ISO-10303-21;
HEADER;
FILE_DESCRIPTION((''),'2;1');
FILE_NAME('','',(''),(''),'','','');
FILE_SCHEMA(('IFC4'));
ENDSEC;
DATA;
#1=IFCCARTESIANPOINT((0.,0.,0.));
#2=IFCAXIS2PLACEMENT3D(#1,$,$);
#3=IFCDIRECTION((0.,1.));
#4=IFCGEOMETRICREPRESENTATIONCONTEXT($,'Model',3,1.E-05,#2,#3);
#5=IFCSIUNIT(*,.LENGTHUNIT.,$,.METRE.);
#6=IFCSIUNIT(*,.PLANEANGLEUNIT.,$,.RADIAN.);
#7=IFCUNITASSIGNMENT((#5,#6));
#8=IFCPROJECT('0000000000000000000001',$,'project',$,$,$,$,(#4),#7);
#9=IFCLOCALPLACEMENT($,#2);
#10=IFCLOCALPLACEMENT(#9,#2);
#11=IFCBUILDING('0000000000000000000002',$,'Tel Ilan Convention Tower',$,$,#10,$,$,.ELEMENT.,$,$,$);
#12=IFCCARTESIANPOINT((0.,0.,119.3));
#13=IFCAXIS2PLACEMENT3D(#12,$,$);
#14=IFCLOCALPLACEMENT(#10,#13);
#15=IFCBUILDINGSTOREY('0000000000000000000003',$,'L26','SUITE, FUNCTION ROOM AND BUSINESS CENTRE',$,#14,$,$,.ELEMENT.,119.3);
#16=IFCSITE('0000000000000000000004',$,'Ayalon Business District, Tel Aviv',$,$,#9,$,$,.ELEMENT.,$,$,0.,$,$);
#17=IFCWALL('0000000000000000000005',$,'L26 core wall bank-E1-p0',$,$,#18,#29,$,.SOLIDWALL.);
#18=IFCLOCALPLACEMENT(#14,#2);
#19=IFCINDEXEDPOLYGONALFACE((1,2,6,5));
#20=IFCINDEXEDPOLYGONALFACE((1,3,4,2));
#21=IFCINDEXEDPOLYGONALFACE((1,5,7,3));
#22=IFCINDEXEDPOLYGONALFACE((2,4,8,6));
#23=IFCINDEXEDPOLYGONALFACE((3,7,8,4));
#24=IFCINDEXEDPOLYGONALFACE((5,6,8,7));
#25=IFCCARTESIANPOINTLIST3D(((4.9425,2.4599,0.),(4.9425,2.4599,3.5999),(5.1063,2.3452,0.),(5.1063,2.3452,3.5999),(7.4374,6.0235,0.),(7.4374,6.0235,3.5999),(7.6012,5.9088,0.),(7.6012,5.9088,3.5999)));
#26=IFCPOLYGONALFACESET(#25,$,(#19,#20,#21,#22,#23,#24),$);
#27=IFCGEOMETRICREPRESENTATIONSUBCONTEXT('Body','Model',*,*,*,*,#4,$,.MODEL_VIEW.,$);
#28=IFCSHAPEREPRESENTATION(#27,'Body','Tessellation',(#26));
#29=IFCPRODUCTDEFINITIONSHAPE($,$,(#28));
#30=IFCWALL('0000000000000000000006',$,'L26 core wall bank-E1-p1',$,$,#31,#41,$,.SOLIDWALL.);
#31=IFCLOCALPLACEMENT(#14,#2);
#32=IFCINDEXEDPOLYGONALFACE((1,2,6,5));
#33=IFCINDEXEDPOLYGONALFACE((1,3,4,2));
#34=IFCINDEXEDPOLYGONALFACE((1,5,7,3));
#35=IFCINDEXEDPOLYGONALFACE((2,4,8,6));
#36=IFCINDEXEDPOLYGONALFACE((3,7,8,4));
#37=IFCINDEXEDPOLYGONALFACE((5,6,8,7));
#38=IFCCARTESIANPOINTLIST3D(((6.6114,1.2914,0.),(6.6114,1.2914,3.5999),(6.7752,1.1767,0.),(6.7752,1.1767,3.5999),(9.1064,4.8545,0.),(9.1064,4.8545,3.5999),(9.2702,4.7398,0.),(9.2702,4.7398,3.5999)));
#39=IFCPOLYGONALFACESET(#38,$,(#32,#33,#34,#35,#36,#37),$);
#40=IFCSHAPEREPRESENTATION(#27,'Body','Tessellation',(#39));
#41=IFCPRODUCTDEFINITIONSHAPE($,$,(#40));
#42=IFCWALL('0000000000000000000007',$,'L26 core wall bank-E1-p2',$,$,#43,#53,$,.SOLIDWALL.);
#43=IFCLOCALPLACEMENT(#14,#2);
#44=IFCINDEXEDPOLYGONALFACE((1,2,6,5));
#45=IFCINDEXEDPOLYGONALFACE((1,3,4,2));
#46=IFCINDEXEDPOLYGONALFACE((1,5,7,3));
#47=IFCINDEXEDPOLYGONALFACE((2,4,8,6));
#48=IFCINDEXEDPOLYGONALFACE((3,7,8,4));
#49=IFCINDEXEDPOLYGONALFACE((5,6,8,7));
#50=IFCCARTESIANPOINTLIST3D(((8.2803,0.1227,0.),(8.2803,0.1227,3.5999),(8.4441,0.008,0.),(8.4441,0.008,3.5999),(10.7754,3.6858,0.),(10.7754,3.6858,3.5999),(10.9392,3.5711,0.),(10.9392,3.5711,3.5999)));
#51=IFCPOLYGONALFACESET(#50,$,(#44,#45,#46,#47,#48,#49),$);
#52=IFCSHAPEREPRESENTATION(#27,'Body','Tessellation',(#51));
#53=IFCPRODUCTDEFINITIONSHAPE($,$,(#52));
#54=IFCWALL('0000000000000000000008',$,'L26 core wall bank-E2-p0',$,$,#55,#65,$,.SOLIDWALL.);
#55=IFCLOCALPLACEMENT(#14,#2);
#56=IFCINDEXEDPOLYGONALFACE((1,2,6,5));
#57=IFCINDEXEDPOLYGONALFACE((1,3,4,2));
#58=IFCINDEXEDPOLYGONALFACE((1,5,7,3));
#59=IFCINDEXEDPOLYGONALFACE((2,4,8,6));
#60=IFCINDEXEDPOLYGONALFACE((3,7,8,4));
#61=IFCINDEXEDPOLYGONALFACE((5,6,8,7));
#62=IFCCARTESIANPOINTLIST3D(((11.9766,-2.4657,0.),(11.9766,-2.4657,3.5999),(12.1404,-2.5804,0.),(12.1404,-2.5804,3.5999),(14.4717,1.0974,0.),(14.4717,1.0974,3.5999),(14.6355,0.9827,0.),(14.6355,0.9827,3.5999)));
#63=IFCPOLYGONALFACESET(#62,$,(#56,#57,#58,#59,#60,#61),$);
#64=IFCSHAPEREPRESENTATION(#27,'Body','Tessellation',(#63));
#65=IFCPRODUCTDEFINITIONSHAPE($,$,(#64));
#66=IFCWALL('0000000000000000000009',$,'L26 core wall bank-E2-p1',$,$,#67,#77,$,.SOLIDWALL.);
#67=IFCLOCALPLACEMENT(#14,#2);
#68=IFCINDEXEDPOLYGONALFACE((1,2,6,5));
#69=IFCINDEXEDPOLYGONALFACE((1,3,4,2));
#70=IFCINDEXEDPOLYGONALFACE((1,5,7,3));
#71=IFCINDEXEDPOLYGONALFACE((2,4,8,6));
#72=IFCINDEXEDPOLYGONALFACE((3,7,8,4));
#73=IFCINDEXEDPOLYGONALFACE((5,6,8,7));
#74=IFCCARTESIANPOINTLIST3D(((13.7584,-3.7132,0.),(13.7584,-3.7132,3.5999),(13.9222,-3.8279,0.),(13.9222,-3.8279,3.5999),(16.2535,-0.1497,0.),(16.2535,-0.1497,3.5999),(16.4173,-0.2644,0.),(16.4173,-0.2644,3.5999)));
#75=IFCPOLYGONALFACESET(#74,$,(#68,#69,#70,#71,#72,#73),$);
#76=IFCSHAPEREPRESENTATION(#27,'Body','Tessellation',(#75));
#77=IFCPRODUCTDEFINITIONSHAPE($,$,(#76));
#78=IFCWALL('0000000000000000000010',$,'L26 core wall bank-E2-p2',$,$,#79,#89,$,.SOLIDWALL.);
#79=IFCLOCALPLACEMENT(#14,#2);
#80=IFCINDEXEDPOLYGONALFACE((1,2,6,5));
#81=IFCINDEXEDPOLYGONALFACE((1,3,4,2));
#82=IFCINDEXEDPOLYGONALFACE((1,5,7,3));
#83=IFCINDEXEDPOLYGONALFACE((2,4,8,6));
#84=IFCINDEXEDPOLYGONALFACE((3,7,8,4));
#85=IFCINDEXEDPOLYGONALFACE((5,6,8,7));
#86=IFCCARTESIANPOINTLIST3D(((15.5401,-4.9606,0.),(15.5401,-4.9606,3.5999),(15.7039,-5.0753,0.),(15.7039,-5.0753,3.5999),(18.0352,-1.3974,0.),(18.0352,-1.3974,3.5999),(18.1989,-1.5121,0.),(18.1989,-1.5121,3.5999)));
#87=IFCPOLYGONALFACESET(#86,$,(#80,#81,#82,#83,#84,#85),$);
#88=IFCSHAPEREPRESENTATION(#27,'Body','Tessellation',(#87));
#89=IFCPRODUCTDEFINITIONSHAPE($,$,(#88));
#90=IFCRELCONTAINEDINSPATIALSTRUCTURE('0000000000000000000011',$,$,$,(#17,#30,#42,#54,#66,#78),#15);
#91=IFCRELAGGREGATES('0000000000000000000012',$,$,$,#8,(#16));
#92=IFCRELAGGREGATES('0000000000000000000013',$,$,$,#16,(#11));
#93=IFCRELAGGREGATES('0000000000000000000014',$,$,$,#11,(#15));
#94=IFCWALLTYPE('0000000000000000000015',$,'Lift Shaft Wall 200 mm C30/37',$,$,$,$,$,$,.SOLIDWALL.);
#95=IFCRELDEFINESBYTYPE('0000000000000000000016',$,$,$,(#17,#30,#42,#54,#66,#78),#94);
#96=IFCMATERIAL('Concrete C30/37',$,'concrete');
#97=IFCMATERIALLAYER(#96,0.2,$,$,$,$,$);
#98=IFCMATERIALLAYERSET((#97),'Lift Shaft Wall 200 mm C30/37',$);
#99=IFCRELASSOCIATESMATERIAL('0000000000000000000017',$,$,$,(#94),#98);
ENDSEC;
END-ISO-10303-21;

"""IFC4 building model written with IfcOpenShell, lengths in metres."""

from ifc_helpers import new_model, si_unit, direction, frame, frame_2d, origin, place, context, subcontext, project, spatial, rectangle, extrude, material, layer, layer_set, type_object, element, save


model = new_model("IFC4")

# Units and contexts
model_context = context("Model", 3, precision=1e-05, world=origin(), true_north=direction((0.0, 1.0)))
body_context = subcontext(model_context, "Body", "Model", "MODEL_VIEW")
ifc_project = project(units=[si_unit("LENGTHUNIT", "METRE"), si_unit("PLANEANGLEUNIT", "RADIAN")], contexts=[model_context])

# Site, building, storey
site_placement = place(None, origin())
site = spatial("IfcSite", under=ifc_project, at=site_placement, Name="Ayalon Business District, Tel Aviv", CompositionType="ELEMENT", RefElevation=0.0)
building_placement = place(site_placement, origin())
building = spatial("IfcBuilding", under=site, at=building_placement, Name="Tel Ilan Convention Tower", CompositionType="ELEMENT")
storey_placement = place(building_placement, frame((0.0, 0.0, 119.3)))
storey = spatial("IfcBuildingStorey", under=building, at=storey_placement, Name="L26", Description="SUITE, FUNCTION ROOM AND BUSINESS CENTRE", CompositionType="ELEMENT", Elevation=119.3)

# Walls
ifc_material_1 = material(Name="Concrete C30/37", Category="concrete")
ifc_layer_1 = layer(ifc_material_1, 0.2)
ifc_layer_set_1 = layer_set([ifc_layer_1], Name="Lift Shaft Wall 200 mm C30/37")
wall_type_1 = type_object("IfcWallType", Name="Lift Shaft Wall 200 mm C30/37", PredefinedType="SOLIDWALL", material=ifc_layer_set_1)
wall_1_placement = place(storey_placement, frame((5.0244, 2.4026, 0.0), z_axis=(0.0, 0.0, 1.0), x_axis=(0.57353, 0.819184, 0.0)))
element("IfcWall", 1, at=wall_1_placement, inside=storey, type_object=wall_type_1, Name="L26 core wall bank-E1-p0", PredefinedType="SOLIDWALL", context=body_context, shape_type="SweptSolid", body=[
    extrude(rectangle(XDim=4.3501, YDim=0.2, at=frame_2d((2.175, 0.0))), origin(), (0.0, 0.0, 1.0), 3.5999),
])
for number, where, z_axis, x_axis, name in (
    (2, (6.6934, 1.2341, 0.0), (0.0, 0.0, 1.0), (0.573594, 0.81914, 0.0), "L26 core wall bank-E1-p1"),
    (3, (8.3623, 0.0654, 0.0), (0.0, 0.0, 1.0), (0.573594, 0.81914, 0.0), "L26 core wall bank-E1-p2"),
    (4, (12.0586, -2.5229, 0.0), (0.0, 0.0, 1.0), (0.573594, 0.81914, 0.0), "L26 core wall bank-E2-p0"),
):
    element("IfcWall", number, at=place(storey_placement, frame(where, z_axis=z_axis, x_axis=x_axis)), inside=storey, type_object=wall_type_1, Name=name, PredefinedType="SOLIDWALL", context=body_context, shape_type="SweptSolid", body=[
        extrude(rectangle(XDim=4.3499, YDim=0.2, at=frame_2d((2.1748, 0.0))), origin(), (0.0, 0.0, 1.0), 3.5999),
    ])
wall_2_placement = place(storey_placement, frame((13.8403, -3.7705, 0.0), z_axis=(0.0, 0.0, 1.0), x_axis=(0.573568, 0.819158, 0.0)))
element("IfcWall", 5, at=wall_2_placement, inside=storey, type_object=wall_type_1, Name="L26 core wall bank-E2-p1", PredefinedType="SOLIDWALL", context=body_context, shape_type="SweptSolid", body=[
    extrude(rectangle(XDim=4.3501, YDim=0.2, at=frame_2d((2.175, 0.0))), origin(), (0.0, 0.0, 1.0), 3.5999),
])
wall_3_placement = place(storey_placement, frame((15.6221, -5.0178, 0.0), z_axis=(0.0, 0.0, 1.0), x_axis=(0.573594, 0.81914, 0.0)))
element("IfcWall", 6, at=wall_3_placement, inside=storey, type_object=wall_type_1, Name="L26 core wall bank-E2-p2", PredefinedType="SOLIDWALL", context=body_context, shape_type="SweptSolid", body=[
    extrude(rectangle(XDim=4.3499, YDim=0.2, at=frame_2d((2.1748, 0.0))), origin(), (0.0, 0.0, 1.0), 3.5999),
])

save(model, "model.ifc")
